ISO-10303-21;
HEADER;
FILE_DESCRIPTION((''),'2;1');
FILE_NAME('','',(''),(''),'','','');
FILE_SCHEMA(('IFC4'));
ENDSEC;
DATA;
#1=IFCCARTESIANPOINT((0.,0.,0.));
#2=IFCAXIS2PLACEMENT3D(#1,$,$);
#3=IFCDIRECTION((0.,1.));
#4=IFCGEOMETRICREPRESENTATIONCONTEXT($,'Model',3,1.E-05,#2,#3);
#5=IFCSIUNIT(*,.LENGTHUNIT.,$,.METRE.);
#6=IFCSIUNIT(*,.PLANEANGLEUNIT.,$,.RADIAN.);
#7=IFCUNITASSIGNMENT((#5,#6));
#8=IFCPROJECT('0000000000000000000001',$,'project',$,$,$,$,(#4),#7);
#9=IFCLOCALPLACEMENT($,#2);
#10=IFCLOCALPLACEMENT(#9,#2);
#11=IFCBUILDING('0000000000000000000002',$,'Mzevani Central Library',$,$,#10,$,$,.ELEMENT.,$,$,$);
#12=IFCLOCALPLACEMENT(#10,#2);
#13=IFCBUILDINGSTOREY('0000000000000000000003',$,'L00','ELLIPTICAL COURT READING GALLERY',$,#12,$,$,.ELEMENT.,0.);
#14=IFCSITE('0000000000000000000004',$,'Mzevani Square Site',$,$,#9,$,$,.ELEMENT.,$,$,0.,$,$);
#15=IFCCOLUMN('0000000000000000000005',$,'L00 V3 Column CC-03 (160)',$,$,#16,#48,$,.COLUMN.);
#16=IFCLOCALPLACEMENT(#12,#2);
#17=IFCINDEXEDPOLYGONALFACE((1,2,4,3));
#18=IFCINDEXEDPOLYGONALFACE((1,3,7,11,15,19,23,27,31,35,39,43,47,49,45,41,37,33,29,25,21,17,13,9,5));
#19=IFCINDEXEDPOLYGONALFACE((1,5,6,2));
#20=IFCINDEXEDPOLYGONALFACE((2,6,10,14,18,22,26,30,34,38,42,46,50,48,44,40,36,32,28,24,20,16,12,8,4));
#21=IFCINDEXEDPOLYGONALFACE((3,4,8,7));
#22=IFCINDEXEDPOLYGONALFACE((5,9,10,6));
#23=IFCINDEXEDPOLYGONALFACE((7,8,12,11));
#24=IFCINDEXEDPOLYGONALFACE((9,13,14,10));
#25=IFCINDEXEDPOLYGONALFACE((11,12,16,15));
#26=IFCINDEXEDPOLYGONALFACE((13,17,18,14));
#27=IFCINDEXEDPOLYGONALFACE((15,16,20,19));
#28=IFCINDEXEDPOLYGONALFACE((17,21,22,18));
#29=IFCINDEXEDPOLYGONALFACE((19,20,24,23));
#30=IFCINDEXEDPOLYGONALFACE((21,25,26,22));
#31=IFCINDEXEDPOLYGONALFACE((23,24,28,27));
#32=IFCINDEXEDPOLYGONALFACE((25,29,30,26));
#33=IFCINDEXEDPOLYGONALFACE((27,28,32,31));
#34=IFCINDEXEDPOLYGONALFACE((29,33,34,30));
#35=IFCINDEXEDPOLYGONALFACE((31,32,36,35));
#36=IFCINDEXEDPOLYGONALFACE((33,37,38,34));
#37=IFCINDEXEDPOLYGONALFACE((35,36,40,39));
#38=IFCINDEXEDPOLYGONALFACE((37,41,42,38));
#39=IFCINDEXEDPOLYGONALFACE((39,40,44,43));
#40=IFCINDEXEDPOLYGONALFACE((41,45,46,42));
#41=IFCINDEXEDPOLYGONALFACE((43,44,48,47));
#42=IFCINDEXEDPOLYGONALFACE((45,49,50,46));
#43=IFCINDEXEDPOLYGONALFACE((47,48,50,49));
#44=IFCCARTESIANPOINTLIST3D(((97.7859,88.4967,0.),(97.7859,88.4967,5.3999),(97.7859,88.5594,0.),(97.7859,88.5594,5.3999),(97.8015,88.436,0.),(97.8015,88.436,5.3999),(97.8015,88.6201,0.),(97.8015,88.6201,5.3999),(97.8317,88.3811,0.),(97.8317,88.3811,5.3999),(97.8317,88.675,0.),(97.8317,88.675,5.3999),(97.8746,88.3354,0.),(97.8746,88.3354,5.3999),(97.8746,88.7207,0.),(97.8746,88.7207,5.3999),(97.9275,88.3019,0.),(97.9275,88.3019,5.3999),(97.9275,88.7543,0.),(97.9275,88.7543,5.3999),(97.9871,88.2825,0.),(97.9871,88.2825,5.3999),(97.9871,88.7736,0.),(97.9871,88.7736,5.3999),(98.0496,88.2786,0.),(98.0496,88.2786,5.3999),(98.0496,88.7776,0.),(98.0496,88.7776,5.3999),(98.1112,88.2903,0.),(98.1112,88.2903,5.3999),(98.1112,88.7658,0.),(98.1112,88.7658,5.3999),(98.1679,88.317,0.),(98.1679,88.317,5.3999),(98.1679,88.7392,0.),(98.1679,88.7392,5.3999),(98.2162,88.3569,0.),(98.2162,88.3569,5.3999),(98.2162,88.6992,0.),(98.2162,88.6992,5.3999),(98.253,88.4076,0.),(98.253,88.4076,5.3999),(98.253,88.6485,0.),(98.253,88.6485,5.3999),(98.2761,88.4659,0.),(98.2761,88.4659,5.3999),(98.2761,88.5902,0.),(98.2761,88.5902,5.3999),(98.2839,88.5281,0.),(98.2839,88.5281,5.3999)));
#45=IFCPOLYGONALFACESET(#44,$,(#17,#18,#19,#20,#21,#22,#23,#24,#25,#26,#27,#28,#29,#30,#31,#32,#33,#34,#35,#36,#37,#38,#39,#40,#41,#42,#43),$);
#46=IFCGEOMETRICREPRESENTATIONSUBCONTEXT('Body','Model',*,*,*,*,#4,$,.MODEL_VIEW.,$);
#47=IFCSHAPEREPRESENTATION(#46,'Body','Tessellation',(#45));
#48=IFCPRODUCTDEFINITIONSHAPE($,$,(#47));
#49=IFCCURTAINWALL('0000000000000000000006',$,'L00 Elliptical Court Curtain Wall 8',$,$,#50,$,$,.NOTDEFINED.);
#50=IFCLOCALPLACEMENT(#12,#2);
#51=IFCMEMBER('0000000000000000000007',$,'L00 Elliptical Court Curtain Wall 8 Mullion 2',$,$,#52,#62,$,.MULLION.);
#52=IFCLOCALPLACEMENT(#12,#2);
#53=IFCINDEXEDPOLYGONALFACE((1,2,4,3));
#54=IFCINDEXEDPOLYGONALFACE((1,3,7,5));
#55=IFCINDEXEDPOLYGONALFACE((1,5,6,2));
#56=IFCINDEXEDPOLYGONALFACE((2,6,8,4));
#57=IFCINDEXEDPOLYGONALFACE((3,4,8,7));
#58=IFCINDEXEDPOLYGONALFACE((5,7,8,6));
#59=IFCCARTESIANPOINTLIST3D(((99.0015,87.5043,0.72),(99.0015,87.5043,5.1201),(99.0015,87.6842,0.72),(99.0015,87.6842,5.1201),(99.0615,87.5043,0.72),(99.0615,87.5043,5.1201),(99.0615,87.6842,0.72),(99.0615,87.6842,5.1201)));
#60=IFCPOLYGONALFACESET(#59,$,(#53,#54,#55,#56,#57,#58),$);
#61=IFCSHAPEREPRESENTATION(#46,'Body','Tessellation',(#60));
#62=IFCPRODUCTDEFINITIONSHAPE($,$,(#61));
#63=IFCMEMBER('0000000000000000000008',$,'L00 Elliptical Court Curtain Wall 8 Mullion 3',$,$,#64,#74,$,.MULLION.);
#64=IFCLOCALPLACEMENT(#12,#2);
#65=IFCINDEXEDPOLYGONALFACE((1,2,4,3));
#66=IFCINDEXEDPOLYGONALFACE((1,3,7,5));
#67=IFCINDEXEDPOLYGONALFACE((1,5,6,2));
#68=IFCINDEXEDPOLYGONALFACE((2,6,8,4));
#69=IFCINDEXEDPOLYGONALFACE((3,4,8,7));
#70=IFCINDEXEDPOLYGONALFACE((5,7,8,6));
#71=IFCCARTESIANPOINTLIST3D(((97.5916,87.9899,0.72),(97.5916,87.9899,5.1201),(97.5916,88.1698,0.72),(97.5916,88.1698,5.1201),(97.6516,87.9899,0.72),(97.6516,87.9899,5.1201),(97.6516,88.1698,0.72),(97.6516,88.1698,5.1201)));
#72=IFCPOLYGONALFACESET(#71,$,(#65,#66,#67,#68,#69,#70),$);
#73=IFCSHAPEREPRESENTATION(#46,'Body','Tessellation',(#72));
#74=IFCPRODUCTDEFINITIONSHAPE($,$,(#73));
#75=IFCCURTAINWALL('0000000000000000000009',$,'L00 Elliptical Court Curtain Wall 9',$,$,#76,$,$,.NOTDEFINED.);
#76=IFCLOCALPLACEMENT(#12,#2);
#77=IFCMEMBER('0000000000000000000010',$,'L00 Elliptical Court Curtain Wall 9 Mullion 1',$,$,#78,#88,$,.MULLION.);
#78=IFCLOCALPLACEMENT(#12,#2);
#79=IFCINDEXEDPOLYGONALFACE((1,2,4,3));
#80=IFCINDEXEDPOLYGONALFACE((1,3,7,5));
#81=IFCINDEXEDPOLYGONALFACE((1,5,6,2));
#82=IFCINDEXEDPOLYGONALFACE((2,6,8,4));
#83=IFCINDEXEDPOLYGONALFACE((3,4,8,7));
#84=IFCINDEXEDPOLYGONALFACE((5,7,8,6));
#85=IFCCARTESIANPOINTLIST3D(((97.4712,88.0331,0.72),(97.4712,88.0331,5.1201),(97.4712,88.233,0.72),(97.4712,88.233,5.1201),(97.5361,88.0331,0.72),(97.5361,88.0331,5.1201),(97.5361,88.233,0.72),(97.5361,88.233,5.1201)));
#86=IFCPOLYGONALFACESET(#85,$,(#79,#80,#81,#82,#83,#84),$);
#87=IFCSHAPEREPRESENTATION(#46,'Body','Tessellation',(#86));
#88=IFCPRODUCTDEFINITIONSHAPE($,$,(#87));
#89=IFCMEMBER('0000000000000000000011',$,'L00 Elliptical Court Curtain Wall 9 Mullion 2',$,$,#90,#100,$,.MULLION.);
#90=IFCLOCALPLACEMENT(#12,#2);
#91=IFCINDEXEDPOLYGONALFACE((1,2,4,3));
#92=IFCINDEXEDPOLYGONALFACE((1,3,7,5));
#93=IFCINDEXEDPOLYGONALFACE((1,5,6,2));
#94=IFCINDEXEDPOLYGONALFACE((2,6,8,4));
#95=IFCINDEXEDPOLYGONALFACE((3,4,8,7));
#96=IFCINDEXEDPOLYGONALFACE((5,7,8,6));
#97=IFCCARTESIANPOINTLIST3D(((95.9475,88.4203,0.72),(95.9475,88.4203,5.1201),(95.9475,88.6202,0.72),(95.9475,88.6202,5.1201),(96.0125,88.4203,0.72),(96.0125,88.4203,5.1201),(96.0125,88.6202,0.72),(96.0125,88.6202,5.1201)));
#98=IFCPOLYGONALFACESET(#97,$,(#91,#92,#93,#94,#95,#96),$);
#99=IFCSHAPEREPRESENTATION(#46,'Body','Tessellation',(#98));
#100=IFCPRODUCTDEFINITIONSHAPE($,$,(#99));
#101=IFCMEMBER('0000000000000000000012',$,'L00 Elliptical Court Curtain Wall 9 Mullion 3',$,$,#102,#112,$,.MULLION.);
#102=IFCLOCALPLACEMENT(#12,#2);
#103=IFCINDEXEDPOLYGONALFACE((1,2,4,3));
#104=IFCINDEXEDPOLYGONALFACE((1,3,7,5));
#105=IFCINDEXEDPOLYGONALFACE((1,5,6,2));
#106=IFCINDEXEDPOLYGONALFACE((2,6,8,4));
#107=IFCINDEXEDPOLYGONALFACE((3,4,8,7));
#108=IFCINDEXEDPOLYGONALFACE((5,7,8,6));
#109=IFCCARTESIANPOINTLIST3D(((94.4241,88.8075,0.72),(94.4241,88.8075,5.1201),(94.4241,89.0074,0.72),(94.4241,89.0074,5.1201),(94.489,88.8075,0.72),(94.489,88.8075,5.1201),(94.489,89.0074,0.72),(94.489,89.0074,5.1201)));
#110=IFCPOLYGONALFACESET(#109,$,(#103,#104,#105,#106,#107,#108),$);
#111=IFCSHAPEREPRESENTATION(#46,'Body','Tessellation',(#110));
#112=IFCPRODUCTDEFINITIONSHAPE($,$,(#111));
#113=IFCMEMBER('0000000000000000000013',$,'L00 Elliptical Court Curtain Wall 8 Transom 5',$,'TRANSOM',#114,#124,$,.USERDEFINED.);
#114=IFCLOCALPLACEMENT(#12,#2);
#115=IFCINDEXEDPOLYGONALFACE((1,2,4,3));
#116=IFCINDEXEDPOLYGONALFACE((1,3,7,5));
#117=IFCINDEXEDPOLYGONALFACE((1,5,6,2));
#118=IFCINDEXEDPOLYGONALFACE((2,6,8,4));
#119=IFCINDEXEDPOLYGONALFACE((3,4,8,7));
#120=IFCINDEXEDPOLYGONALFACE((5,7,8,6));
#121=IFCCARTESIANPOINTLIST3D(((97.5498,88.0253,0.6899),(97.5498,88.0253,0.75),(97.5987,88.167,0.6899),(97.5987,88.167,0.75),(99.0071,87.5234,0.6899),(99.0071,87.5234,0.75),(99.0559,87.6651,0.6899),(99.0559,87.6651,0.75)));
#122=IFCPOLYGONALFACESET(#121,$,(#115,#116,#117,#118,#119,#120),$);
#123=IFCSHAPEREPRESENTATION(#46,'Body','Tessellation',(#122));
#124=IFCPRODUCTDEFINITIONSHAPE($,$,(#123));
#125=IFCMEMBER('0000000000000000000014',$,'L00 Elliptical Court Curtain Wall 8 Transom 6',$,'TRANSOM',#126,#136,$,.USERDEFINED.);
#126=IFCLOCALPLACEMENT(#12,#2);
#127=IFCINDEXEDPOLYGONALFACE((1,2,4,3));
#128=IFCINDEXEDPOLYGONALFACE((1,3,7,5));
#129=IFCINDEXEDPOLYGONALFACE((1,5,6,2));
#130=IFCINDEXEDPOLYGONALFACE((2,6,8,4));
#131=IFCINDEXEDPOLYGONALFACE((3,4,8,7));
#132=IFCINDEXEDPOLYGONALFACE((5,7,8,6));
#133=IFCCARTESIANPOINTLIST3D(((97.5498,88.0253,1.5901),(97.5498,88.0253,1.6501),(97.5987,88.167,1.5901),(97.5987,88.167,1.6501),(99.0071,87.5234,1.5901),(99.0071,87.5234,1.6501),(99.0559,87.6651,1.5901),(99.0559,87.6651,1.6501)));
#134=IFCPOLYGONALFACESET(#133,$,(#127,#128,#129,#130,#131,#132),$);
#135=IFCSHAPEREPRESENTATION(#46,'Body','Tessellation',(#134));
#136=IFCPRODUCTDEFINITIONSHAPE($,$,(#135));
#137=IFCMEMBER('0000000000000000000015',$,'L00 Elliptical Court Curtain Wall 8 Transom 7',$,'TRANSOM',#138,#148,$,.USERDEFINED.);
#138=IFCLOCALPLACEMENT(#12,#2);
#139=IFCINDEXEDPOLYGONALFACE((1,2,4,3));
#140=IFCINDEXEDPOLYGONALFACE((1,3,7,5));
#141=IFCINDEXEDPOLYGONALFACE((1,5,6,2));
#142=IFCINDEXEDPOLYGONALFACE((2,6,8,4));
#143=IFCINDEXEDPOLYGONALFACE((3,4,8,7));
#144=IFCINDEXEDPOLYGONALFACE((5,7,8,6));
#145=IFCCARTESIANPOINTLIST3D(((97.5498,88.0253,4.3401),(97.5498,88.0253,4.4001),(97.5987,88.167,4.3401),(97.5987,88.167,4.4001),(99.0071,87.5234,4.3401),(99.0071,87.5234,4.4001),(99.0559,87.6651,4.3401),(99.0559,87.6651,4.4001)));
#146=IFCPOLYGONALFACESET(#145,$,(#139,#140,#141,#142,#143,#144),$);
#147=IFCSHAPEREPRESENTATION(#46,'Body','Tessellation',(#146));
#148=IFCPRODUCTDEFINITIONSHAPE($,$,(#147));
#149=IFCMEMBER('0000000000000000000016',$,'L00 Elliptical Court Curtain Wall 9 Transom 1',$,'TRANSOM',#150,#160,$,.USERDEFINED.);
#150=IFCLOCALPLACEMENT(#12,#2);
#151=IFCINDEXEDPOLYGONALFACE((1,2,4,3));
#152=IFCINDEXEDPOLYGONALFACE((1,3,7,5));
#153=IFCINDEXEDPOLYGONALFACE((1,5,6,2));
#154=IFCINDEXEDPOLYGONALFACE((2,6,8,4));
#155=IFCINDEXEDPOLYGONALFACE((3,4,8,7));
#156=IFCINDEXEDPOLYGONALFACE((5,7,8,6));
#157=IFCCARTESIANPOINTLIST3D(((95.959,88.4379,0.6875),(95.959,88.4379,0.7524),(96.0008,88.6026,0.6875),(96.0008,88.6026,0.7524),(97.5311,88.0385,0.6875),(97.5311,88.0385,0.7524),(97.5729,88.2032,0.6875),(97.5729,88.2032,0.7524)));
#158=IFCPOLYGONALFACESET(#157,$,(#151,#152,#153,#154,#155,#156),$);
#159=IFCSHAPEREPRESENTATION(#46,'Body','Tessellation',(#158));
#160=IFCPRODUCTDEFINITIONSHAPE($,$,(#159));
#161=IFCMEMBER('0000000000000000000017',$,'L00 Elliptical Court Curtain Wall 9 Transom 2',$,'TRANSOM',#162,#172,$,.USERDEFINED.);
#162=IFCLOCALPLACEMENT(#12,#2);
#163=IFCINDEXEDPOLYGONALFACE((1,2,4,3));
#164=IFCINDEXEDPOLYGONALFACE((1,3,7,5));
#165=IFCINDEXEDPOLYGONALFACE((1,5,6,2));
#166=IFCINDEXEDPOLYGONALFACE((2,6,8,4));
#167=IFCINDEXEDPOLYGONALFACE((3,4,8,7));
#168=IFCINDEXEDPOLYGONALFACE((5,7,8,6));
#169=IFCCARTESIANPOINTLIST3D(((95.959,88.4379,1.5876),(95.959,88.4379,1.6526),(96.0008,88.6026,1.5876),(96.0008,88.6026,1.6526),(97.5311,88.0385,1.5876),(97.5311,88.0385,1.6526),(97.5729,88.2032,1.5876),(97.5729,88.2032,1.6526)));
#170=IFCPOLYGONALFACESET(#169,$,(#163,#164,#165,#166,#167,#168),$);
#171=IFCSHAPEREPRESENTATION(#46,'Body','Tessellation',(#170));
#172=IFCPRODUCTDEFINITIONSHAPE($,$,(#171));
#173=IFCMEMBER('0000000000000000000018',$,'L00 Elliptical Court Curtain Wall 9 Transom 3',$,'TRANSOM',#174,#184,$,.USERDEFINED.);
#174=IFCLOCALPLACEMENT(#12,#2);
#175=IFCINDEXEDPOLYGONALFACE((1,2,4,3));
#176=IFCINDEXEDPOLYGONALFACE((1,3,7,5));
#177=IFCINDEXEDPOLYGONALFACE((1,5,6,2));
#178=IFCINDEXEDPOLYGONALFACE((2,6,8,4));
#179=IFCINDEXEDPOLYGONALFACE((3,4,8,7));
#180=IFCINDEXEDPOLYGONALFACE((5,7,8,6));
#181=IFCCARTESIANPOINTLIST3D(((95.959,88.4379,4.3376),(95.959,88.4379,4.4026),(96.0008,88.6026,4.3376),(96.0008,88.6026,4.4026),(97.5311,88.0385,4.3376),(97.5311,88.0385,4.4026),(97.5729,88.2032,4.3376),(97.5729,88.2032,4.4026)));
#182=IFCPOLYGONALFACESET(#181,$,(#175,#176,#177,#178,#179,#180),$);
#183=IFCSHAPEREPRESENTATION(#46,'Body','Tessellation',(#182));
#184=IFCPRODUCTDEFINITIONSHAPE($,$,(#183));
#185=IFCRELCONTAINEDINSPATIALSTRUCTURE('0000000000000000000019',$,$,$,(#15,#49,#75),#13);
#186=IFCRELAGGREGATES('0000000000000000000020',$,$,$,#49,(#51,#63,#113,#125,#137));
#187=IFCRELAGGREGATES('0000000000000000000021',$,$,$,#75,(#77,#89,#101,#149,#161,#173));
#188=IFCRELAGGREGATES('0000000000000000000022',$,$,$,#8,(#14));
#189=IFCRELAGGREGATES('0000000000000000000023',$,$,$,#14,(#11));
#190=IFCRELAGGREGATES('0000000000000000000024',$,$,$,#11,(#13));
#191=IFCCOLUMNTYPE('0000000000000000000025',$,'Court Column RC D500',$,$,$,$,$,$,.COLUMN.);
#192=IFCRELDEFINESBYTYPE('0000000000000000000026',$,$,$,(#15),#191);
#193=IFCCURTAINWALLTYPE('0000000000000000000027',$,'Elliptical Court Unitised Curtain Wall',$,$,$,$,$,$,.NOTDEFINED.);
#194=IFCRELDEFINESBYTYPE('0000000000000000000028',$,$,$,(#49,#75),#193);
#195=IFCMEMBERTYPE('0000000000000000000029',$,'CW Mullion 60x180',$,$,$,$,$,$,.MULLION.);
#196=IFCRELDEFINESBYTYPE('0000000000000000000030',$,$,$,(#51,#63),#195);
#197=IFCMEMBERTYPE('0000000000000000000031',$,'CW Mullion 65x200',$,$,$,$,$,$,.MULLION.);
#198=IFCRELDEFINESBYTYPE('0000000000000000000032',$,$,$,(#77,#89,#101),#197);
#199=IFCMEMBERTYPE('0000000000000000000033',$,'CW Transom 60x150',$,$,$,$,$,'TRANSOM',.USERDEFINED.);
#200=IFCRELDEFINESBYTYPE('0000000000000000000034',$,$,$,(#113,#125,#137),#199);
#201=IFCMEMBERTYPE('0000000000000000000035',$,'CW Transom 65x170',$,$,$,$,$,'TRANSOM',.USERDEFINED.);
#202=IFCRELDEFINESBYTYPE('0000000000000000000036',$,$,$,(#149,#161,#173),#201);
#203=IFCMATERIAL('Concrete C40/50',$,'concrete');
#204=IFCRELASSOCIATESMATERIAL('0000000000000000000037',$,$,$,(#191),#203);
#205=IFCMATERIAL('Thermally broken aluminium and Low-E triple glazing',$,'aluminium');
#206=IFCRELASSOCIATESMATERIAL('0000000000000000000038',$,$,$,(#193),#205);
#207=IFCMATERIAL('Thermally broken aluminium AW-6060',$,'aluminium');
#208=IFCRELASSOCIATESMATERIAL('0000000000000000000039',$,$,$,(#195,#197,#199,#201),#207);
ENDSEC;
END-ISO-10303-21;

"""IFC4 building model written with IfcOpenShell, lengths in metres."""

from ifc_helpers import new_model, si_unit, direction, frame, origin, origin_2d, place, context, subcontext, project, spatial, rectangle, circle, extrude, material, material_profile, profile_set, type_object, element, aggregate, save


model = new_model("IFC4")

# Units and contexts
model_context = context("Model", 3, precision=1e-05, world=origin(), true_north=direction((0.0, 1.0)))
body_context = subcontext(model_context, "Body", "Model", "MODEL_VIEW")
ifc_project = project(units=[si_unit("LENGTHUNIT", "METRE"), si_unit("PLANEANGLEUNIT", "RADIAN")], contexts=[model_context])

# Site, building, storey
site_placement = place(None, origin())
site = spatial("IfcSite", under=ifc_project, at=site_placement, Name="Mzevani Square Site", CompositionType="ELEMENT", RefElevation=0.0)
building_placement = place(site_placement, origin())
building = spatial("IfcBuilding", under=site, at=building_placement, Name="Mzevani Central Library", CompositionType="ELEMENT")
storey_placement = place(building_placement, origin())
storey = spatial("IfcBuildingStorey", under=building, at=storey_placement, Name="L00", Description="ELLIPTICAL COURT READING GALLERY", CompositionType="ELEMENT", Elevation=0.0)

# Column
ifc_material_1 = material(Name="Concrete C40/50", Category="concrete")
ifc_material_profile_1 = material_profile(ifc_material_1, circle(Radius=0.25, at=origin_2d()), Name="RC D500")
ifc_profile_set_1 = profile_set([ifc_material_profile_1], Name="Concrete C40/50")
column_type = type_object("IfcColumnType", Name="Court Column RC D500", PredefinedType="COLUMN", material=ifc_profile_set_1)
column_placement = place(storey_placement, frame((98.0339, 88.5281, 0.0), z_axis=(0.0, 0.0, 1.0), x_axis=(1.0, 0.0, 0.0)))
element("IfcColumn", 1, at=column_placement, inside=storey, type_object=column_type, Name="L00 V3 Column CC-03 (160)", PredefinedType="COLUMN", context=body_context, shape_type="SweptSolid", body=[
    extrude(circle(Radius=0.25, at=origin_2d()), origin(), (0.0, 0.0, 1.0), 5.3999),
])

# Curtain walls, members
ifc_material_2 = material(Name="Thermally broken aluminium and Low-E triple glazing", Category="aluminium")
curtain_wall_type_1 = type_object("IfcCurtainWallType", Name="Elliptical Court Unitised Curtain Wall", PredefinedType="NOTDEFINED", material=ifc_material_2)
curtain_wall_1_placement = place(storey_placement, origin())
curtain_wall_1 = element("IfcCurtainWall", 2, at=curtain_wall_1_placement, inside=storey, type_object=curtain_wall_type_1, Name="L00 Elliptical Court Curtain Wall 8", PredefinedType="NOTDEFINED")
ifc_material_3 = material(Name="Thermally broken aluminium AW-6060", Category="aluminium")
ifc_material_profile_2 = material_profile(ifc_material_3, rectangle(XDim=0.0601, YDim=0.1799, at=origin_2d()), Name="ALU M60x180")
ifc_profile_set_2 = profile_set([ifc_material_profile_2], Name="Thermally broken aluminium AW-6060")
member_type_1 = type_object("IfcMemberType", Name="CW Mullion 60x180", PredefinedType="MULLION", material=ifc_profile_set_2)
member_1_placement = place(storey_placement, frame((99.0315, 87.5942, 0.72), z_axis=(0.0, 0.0, 1.0), x_axis=(1.0, 0.0, 0.0)))
member_1 = element("IfcMember", 3, at=member_1_placement, type_object=member_type_1, Name="L00 Elliptical Court Curtain Wall 8 Mullion 2", PredefinedType="MULLION", context=body_context, shape_type="SweptSolid", body=[
    extrude(rectangle(XDim=0.0601, YDim=0.1799, at=origin_2d()), origin(), (0.0, 0.0, 1.0), 4.4001),
])
member_2_placement = place(storey_placement, frame((97.6216, 88.0798, 0.72), z_axis=(0.0, 0.0, 1.0), x_axis=(1.0, 0.0, 0.0)))
member_2 = element("IfcMember", 4, at=member_2_placement, type_object=member_type_1, Name="L00 Elliptical Court Curtain Wall 8 Mullion 3", PredefinedType="MULLION", context=body_context, shape_type="SweptSolid", body=[
    extrude(rectangle(XDim=0.0601, YDim=0.1799, at=origin_2d()), origin(), (0.0, 0.0, 1.0), 4.4001),
])
curtain_wall_2_placement = place(storey_placement, origin())
curtain_wall_2 = element("IfcCurtainWall", 5, at=curtain_wall_2_placement, inside=storey, type_object=curtain_wall_type_1, Name="L00 Elliptical Court Curtain Wall 9", PredefinedType="NOTDEFINED")
ifc_material_profile_3 = material_profile(ifc_material_3, rectangle(XDim=0.0649, YDim=0.2, at=origin_2d()), Name="ALU M65x200")
ifc_profile_set_3 = profile_set([ifc_material_profile_3], Name="Thermally broken aluminium AW-6060")
member_type_2 = type_object("IfcMemberType", Name="CW Mullion 65x200", PredefinedType="MULLION", material=ifc_profile_set_3)
member_3_placement = place(storey_placement, frame((97.5037, 88.1331, 0.72), z_axis=(0.0, 0.0, 1.0), x_axis=(1.0, 0.0, 0.0)))
member_3 = element("IfcMember", 6, at=member_3_placement, type_object=member_type_2, Name="L00 Elliptical Court Curtain Wall 9 Mullion 1", PredefinedType="MULLION", context=body_context, shape_type="SweptSolid", body=[
    extrude(rectangle(XDim=0.0649, YDim=0.2, at=origin_2d()), origin(), (0.0, 0.0, 1.0), 4.4001),
])
member_4_placement = place(storey_placement, frame((95.98, 88.5203, 0.72), z_axis=(0.0, 0.0, 1.0), x_axis=(1.0, 0.0, 0.0)))
member_4 = element("IfcMember", 7, at=member_4_placement, type_object=member_type_2, Name="L00 Elliptical Court Curtain Wall 9 Mullion 2", PredefinedType="MULLION", context=body_context, shape_type="SweptSolid", body=[
    extrude(rectangle(XDim=0.0649, YDim=0.2, at=origin_2d()), origin(), (0.0, 0.0, 1.0), 4.4001),
])
member_5_placement = place(storey_placement, frame((94.4565, 88.9075, 0.72), z_axis=(0.0, 0.0, 1.0), x_axis=(1.0, 0.0, 0.0)))
member_5 = element("IfcMember", 8, at=member_5_placement, type_object=member_type_2, Name="L00 Elliptical Court Curtain Wall 9 Mullion 3", PredefinedType="MULLION", context=body_context, shape_type="SweptSolid", body=[
    extrude(rectangle(XDim=0.0649, YDim=0.2, at=origin_2d()), origin(), (0.0, 0.0, 1.0), 4.4001),
])

# Members
ifc_material_profile_4 = material_profile(ifc_material_3, rectangle(XDim=0.1499, YDim=0.0601, at=origin_2d()), Name="ALU T60x150")
ifc_profile_set_4 = profile_set([ifc_material_profile_4], Name="Thermally broken aluminium AW-6060")
member_type_3 = type_object("IfcMemberType", Name="CW Transom 60x150", ElementType="TRANSOM", PredefinedType="USERDEFINED", material=ifc_profile_set_4)
member_6_placement = place(storey_placement, frame((99.0315, 87.5942, 0.72), z_axis=(-0.945484, 0.325668, 0.0), x_axis=(-0.325668, -0.945484, 0.0)))
member_6 = element("IfcMember", 9, at=member_6_placement, type_object=member_type_3, Name="L00 Elliptical Court Curtain Wall 8 Transom 5", ObjectType="TRANSOM", PredefinedType="USERDEFINED", context=body_context, shape_type="SweptSolid", body=[
    extrude(rectangle(XDim=0.1499, YDim=0.0601, at=origin_2d()), origin(), (0.0, 0.0, 1.0), 1.5413),
])
member_7_placement = place(storey_placement, frame((99.0315, 87.5942, 1.6201), z_axis=(-0.945484, 0.325668, 0.0), x_axis=(-0.325668, -0.945484, 0.0)))
member_7 = element("IfcMember", 10, at=member_7_placement, type_object=member_type_3, Name="L00 Elliptical Court Curtain Wall 8 Transom 6", ObjectType="TRANSOM", PredefinedType="USERDEFINED", context=body_context, shape_type="SweptSolid", body=[
    extrude(rectangle(XDim=0.1499, YDim=0.0601, at=origin_2d()), origin(), (0.0, 0.0, 1.0), 1.5413),
])
member_8_placement = place(storey_placement, frame((99.0315, 87.5942, 4.3701), z_axis=(-0.945484, 0.325668, 0.0), x_axis=(-0.325668, -0.945484, 0.0)))
member_8 = element("IfcMember", 11, at=member_8_placement, type_object=member_type_3, Name="L00 Elliptical Court Curtain Wall 8 Transom 7", ObjectType="TRANSOM", PredefinedType="USERDEFINED", context=body_context, shape_type="SweptSolid", body=[
    extrude(rectangle(XDim=0.1499, YDim=0.0601, at=origin_2d()), origin(), (0.0, 0.0, 1.0), 1.5413),
])
ifc_material_profile_5 = material_profile(ifc_material_3, rectangle(XDim=0.1699, YDim=0.0649, at=origin_2d()), Name="ALU T65x170")
ifc_profile_set_5 = profile_set([ifc_material_profile_5], Name="Thermally broken aluminium AW-6060")
member_type_4 = type_object("IfcMemberType", Name="CW Transom 65x170", ElementType="TRANSOM", PredefinedType="USERDEFINED", material=ifc_profile_set_5)
member_9_placement = place(storey_placement, frame((97.552, 88.1208, 0.72), z_axis=(-0.969206, 0.246253, 0.0), x_axis=(-0.246253, -0.969206, 0.0)))
member_9 = element("IfcMember", 12, at=member_9_placement, type_object=member_type_4, Name="L00 Elliptical Court Curtain Wall 9 Transom 1", ObjectType="TRANSOM", PredefinedType="USERDEFINED", context=body_context, shape_type="SweptSolid", body=[
    extrude(rectangle(XDim=0.1699, YDim=0.0649, at=origin_2d()), origin(), (0.0, 0.0, 1.0), 1.6221),
])
member_10_placement = place(storey_placement, frame((97.552, 88.1208, 1.6201), z_axis=(-0.969206, 0.246253, 0.0), x_axis=(-0.246253, -0.969206, 0.0)))
member_10 = element("IfcMember", 13, at=member_10_placement, type_object=member_type_4, Name="L00 Elliptical Court Curtain Wall 9 Transom 2", ObjectType="TRANSOM", PredefinedType="USERDEFINED", context=body_context, shape_type="SweptSolid", body=[
    extrude(rectangle(XDim=0.1699, YDim=0.0649, at=origin_2d()), origin(), (0.0, 0.0, 1.0), 1.6221),
])
member_11_placement = place(storey_placement, frame((97.552, 88.1208, 4.3701), z_axis=(-0.969206, 0.246253, 0.0), x_axis=(-0.246253, -0.969206, 0.0)))
member_11 = element("IfcMember", 14, at=member_11_placement, type_object=member_type_4, Name="L00 Elliptical Court Curtain Wall 9 Transom 3", ObjectType="TRANSOM", PredefinedType="USERDEFINED", context=body_context, shape_type="SweptSolid", body=[
    extrude(rectangle(XDim=0.1699, YDim=0.0649, at=origin_2d()), origin(), (0.0, 0.0, 1.0), 1.6221),
])

aggregate(curtain_wall_1, [member_1, member_2, member_6, member_7, member_8])
aggregate(curtain_wall_2, [member_3, member_4, member_5, member_9, member_10, member_11])

save(model, "model.ifc")
